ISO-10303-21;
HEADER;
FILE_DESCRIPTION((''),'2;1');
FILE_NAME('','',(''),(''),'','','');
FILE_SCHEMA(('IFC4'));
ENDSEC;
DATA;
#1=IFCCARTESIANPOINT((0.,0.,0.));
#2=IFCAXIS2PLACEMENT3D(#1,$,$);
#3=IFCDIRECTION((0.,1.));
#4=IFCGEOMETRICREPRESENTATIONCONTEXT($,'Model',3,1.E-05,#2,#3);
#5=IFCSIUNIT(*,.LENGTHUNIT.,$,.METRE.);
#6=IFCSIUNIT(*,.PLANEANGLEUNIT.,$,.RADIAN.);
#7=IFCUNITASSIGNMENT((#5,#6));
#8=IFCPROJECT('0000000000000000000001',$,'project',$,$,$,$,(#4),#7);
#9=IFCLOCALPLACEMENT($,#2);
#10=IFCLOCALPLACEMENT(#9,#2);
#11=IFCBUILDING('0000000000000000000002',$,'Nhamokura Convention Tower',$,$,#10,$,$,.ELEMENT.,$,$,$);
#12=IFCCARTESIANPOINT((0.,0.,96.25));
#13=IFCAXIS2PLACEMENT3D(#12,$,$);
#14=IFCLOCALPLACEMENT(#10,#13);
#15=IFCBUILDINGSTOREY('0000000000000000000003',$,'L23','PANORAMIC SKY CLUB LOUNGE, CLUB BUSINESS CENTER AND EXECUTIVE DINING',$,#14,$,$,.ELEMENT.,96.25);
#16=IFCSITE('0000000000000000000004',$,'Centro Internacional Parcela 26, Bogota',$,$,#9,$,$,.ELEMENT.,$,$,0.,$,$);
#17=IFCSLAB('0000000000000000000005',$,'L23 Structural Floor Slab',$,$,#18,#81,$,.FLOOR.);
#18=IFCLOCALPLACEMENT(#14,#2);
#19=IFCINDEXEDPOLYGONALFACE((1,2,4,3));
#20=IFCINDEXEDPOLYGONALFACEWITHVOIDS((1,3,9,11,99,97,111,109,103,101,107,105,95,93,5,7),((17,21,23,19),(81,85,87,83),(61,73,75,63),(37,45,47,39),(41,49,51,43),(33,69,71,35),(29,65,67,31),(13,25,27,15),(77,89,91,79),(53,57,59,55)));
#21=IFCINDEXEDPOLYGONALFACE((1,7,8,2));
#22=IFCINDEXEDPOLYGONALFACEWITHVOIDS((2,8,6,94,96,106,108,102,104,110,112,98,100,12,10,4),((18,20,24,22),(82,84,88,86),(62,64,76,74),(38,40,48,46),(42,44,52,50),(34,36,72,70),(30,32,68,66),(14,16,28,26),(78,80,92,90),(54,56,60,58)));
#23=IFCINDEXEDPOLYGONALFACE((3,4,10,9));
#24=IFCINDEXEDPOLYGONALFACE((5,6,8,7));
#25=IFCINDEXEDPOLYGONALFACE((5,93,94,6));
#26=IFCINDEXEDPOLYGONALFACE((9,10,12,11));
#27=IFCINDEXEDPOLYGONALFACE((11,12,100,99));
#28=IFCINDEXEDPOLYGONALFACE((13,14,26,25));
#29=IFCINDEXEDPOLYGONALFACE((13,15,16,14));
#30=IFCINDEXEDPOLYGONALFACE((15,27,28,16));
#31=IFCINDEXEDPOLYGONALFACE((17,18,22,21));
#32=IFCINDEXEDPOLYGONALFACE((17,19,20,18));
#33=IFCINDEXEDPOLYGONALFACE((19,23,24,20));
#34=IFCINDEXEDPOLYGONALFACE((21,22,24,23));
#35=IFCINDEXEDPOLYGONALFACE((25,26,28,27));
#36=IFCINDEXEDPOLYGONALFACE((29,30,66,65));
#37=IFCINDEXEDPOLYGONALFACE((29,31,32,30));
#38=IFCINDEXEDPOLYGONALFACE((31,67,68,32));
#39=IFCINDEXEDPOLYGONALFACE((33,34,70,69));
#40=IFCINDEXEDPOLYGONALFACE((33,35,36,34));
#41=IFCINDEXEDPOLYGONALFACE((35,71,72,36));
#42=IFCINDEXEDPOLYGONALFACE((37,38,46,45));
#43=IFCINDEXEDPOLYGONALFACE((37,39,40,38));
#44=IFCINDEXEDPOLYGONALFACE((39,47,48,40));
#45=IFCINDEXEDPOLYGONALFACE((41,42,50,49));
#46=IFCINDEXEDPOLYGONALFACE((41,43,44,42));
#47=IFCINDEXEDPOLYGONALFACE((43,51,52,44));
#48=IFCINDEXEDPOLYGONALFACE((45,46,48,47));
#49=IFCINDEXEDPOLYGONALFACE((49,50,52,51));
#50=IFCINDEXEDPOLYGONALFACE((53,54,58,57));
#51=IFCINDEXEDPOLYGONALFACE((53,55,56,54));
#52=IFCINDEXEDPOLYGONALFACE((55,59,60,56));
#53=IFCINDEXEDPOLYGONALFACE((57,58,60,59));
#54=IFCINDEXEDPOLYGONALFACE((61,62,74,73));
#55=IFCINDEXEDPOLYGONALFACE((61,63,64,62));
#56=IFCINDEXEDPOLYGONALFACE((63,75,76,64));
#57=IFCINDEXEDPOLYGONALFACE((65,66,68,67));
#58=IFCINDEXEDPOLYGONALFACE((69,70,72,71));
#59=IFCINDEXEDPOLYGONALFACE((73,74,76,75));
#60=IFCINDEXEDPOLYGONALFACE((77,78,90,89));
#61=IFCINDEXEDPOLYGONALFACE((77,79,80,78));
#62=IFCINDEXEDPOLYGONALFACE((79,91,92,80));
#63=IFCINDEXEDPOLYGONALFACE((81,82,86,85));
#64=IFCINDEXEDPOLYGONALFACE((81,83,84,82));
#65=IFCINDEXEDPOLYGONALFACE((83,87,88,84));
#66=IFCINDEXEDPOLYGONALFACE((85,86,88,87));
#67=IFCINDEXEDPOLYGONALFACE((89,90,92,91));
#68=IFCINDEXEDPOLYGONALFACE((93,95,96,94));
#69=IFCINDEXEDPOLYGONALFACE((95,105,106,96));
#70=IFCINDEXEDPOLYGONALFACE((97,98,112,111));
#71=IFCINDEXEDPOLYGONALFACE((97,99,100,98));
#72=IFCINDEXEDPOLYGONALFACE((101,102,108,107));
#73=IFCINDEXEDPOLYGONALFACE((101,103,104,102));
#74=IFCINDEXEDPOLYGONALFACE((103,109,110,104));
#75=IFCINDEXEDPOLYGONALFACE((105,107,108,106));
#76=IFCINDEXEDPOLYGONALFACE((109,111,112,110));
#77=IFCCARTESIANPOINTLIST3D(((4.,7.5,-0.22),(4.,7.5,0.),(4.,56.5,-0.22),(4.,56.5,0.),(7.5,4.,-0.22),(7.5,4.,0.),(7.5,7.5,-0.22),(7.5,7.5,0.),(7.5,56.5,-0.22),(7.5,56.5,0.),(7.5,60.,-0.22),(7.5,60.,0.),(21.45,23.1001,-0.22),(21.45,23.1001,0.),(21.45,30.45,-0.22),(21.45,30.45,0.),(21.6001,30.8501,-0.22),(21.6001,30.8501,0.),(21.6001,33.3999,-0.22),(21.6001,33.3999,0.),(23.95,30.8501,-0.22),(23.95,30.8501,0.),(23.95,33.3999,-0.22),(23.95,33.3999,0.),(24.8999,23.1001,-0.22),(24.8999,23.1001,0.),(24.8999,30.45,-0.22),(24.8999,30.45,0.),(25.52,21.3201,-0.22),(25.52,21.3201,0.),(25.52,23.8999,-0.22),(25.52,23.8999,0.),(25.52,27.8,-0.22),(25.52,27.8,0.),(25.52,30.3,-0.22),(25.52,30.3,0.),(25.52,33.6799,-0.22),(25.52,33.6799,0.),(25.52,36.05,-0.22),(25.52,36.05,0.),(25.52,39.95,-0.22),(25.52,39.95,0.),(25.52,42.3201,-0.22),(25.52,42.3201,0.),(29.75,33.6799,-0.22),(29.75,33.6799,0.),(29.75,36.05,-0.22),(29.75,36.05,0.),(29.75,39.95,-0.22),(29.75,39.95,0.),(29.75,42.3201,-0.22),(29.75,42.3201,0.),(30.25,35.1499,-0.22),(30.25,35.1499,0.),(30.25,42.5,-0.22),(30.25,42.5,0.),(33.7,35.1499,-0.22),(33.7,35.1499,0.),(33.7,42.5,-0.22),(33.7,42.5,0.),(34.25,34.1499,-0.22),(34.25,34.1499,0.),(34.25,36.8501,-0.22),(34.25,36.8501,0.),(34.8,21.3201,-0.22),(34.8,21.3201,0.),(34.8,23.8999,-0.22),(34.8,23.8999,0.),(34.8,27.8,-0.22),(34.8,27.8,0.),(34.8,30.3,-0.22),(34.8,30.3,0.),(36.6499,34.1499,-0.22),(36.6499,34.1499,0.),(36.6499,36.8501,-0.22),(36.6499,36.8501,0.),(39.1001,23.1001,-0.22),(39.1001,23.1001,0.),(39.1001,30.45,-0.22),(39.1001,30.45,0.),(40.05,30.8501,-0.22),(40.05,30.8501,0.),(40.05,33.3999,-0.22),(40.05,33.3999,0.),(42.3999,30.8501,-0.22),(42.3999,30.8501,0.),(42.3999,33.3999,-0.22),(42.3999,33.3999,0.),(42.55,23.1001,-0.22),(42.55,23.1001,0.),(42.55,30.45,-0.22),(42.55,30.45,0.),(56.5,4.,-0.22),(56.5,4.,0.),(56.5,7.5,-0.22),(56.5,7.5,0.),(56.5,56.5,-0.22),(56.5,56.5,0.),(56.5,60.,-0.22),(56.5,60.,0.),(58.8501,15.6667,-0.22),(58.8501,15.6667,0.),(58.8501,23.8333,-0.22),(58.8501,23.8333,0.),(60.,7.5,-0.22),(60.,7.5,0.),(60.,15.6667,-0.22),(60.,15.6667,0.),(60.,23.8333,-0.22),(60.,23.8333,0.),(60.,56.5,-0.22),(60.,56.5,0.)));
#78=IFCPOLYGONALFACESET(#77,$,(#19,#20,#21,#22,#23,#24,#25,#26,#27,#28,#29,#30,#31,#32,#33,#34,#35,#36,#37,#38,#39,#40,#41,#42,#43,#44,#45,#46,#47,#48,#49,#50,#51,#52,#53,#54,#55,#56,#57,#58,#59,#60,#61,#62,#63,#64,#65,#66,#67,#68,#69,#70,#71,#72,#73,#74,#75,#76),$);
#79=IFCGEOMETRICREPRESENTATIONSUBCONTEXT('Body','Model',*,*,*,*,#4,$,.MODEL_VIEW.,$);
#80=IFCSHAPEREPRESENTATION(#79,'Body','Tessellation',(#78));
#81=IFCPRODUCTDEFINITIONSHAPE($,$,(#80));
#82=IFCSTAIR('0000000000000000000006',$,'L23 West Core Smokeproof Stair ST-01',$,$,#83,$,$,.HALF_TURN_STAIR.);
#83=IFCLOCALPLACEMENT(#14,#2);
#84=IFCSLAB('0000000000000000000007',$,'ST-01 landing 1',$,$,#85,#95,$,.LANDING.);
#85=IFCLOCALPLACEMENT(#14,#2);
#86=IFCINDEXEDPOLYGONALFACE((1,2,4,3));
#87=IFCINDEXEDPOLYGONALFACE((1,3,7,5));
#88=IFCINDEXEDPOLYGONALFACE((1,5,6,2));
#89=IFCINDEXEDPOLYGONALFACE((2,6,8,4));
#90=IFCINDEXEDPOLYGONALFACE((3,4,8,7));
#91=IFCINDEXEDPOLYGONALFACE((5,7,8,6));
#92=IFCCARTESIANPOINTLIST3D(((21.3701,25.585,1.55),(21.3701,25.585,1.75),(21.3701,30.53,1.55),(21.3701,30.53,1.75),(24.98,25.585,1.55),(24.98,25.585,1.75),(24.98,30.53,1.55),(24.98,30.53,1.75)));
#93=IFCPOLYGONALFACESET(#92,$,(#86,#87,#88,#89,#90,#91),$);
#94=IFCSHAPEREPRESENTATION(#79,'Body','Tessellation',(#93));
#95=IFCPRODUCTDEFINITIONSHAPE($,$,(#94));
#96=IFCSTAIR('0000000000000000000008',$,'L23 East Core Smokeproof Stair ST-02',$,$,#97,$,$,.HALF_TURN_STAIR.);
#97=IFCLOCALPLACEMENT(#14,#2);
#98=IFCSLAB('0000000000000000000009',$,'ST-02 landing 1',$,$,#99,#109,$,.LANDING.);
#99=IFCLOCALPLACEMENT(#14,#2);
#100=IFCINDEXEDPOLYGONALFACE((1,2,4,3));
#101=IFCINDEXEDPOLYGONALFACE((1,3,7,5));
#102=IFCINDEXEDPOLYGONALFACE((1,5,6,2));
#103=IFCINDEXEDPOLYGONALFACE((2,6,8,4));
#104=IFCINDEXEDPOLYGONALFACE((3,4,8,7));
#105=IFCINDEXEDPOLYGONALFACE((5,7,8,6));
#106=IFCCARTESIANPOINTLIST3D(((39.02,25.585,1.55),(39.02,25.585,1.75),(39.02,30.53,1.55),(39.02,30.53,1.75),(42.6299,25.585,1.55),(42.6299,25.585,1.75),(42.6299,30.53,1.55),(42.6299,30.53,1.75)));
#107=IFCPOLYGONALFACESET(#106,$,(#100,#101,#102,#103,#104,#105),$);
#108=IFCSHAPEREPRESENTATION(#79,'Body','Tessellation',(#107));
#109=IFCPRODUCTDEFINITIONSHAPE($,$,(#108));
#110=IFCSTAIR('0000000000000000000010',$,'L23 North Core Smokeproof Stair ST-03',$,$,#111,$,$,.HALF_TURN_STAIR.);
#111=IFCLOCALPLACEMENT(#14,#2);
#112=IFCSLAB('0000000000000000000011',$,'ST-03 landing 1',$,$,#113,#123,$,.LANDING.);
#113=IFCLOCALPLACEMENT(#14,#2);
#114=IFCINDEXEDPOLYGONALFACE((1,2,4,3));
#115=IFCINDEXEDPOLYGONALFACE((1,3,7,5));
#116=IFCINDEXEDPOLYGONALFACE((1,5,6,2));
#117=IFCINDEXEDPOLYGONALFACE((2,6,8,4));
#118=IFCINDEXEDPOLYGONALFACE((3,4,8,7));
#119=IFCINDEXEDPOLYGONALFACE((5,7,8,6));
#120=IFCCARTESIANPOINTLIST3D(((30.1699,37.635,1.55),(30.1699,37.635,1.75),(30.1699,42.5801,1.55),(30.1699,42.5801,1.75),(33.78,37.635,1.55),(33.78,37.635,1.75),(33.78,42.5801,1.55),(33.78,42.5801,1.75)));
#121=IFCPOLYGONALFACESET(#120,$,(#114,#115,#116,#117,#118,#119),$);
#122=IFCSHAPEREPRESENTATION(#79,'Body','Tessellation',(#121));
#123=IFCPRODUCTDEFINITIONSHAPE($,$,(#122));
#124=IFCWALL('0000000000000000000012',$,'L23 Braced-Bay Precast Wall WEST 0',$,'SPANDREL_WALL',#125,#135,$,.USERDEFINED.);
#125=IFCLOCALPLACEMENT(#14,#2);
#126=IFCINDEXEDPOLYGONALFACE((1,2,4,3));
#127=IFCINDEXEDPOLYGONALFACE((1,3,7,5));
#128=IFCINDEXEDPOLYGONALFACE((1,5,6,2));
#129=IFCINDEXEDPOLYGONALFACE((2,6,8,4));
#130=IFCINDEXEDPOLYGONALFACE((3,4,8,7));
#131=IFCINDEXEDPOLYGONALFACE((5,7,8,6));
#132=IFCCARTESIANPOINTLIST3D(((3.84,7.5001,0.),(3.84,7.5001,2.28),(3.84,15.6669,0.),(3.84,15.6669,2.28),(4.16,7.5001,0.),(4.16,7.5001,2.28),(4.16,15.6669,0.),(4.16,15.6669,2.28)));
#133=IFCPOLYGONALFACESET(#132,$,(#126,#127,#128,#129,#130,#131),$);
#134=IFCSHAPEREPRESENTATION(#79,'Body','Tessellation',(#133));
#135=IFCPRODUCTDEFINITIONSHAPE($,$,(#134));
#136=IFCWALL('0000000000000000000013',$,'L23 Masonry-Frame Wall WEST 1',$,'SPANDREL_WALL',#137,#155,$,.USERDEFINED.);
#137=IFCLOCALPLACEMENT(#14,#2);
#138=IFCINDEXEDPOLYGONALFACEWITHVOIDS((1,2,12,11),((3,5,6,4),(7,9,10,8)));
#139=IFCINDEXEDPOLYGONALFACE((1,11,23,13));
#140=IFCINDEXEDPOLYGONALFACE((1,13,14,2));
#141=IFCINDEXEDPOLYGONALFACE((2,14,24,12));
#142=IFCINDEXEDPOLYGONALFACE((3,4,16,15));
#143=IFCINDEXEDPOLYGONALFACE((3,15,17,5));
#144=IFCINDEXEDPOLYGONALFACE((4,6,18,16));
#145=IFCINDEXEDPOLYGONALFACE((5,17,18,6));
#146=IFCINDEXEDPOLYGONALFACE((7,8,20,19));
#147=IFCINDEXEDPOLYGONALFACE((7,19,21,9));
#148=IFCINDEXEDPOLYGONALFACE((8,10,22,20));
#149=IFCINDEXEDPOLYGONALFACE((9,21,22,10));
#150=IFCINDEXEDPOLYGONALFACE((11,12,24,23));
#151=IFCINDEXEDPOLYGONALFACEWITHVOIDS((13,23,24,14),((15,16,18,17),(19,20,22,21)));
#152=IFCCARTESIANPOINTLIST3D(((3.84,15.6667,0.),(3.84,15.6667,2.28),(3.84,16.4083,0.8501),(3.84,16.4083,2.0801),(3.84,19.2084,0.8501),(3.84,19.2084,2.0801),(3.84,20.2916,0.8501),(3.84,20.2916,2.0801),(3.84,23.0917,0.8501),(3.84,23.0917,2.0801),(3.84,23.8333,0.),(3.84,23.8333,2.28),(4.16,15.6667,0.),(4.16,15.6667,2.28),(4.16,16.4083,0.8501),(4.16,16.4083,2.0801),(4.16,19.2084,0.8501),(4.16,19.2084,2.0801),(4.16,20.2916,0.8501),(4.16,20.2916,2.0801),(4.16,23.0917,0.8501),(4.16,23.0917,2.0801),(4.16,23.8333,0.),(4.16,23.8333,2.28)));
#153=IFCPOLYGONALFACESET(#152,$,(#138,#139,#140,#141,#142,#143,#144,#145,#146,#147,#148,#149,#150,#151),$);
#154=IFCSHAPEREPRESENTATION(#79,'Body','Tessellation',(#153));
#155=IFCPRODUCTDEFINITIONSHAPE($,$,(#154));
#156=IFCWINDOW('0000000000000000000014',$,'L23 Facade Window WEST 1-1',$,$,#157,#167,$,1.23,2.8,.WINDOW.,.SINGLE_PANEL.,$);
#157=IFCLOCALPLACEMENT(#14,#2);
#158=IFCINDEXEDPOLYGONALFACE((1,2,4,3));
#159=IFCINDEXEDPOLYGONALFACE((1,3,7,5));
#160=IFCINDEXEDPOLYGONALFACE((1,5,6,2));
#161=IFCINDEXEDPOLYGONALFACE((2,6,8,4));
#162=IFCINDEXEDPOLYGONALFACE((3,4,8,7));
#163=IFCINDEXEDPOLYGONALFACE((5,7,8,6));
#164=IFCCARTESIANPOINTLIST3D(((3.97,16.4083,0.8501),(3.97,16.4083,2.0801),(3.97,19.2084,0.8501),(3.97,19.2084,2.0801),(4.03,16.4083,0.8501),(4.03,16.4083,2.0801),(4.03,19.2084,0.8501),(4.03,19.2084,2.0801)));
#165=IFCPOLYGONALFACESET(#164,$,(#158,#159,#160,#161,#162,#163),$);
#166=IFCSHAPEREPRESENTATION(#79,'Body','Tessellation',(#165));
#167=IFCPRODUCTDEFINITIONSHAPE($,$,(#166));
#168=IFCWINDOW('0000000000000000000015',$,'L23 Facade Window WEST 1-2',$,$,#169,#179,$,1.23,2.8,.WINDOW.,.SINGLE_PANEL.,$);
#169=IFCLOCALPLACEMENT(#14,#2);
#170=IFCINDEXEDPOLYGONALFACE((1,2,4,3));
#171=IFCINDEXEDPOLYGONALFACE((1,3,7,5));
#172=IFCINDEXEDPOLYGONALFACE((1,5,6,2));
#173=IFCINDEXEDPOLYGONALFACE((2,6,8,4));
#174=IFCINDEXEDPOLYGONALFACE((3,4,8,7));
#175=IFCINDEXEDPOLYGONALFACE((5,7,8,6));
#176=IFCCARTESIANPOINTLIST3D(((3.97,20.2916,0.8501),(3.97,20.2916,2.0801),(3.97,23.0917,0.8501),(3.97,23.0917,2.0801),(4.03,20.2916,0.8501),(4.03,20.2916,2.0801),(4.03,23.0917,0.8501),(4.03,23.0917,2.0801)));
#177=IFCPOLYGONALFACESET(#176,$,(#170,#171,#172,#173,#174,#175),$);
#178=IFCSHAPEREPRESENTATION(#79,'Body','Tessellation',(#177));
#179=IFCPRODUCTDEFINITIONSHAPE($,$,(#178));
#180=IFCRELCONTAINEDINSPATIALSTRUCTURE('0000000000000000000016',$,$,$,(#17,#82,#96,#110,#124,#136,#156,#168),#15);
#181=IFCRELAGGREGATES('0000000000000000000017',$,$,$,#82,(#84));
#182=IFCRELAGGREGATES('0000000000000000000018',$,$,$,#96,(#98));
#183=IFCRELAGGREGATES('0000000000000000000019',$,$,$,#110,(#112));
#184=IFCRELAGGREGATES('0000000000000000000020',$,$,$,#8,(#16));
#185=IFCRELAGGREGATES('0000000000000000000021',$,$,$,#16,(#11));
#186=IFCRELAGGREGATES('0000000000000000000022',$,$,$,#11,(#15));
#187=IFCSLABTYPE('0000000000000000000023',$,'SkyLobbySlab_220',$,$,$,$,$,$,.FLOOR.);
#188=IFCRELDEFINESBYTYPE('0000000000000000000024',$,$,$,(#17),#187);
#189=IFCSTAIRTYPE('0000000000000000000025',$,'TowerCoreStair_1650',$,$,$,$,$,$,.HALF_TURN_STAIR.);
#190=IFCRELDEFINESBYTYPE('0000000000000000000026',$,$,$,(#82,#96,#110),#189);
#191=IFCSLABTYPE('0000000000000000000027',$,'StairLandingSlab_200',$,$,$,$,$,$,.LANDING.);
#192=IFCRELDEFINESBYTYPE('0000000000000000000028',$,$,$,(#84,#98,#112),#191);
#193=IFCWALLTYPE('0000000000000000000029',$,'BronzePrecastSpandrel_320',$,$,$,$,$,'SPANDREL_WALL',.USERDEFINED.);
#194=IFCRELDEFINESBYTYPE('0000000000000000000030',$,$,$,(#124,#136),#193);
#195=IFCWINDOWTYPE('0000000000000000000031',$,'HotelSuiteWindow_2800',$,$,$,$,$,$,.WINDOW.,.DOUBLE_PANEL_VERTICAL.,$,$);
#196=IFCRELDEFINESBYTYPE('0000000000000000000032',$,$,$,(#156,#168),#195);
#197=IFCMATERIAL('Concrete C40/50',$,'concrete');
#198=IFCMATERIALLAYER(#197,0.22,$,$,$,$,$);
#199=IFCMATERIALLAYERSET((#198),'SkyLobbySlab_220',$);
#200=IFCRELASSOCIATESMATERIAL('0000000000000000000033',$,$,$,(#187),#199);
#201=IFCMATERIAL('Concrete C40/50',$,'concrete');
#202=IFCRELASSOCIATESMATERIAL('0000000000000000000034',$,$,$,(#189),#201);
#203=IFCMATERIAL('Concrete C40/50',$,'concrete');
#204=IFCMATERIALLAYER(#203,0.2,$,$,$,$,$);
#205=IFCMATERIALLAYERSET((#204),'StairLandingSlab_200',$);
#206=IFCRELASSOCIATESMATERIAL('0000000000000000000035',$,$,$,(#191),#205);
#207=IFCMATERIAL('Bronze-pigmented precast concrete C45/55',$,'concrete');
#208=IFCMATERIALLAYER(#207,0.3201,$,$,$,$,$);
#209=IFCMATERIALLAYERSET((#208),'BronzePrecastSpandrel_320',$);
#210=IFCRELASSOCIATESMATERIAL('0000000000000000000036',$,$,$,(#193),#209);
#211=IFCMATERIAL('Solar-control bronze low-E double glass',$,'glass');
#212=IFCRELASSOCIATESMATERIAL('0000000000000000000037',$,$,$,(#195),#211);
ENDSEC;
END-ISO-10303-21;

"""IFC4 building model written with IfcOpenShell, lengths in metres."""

from ifc_helpers import new_model, si_unit, direction, frame, frame_2d, origin, place, context, subcontext, project, spatial, polyline, rectangle, outline, extrude, material, layer, layer_set, type_object, element, fill, aggregate, save


model = new_model("IFC4")

# Units and contexts
model_context = context("Model", 3, precision=1e-05, world=origin(), true_north=direction((0.0, 1.0)))
body_context = subcontext(model_context, "Body", "Model", "MODEL_VIEW")
ifc_project = project(units=[si_unit("LENGTHUNIT", "METRE"), si_unit("PLANEANGLEUNIT", "RADIAN")], contexts=[model_context])

# Site, building, storey
site_placement = place(None, origin())
site = spatial("IfcSite", under=ifc_project, at=site_placement, Name="Centro Internacional Parcela 26, Bogota", CompositionType="ELEMENT", RefElevation=0.0)
building_placement = place(site_placement, origin())
building = spatial("IfcBuilding", under=site, at=building_placement, Name="Nhamokura Convention Tower", CompositionType="ELEMENT")
storey_placement = place(building_placement, frame((0.0, 0.0, 96.25)))
storey = spatial("IfcBuildingStorey", under=building, at=storey_placement, Name="L23", Description="PANORAMIC SKY CLUB LOUNGE, CLUB BUSINESS CENTER AND EXECUTIVE DINING", CompositionType="ELEMENT", Elevation=96.25)

# Slab
ifc_material_1 = material(Name="Concrete C40/50", Category="concrete")
ifc_layer_1 = layer(ifc_material_1, 0.22)
ifc_layer_set_1 = layer_set([ifc_layer_1], Name="SkyLobbySlab_220")
slab_type_1 = type_object("IfcSlabType", Name="SkyLobbySlab_220", PredefinedType="FLOOR", material=ifc_layer_set_1)
slab_1_placement = place(storey_placement, frame((0.0, 0.0, -0.22)))
element("IfcSlab", 1, at=slab_1_placement, inside=storey, type_object=slab_type_1, Name="L23 Structural Floor Slab", PredefinedType="FLOOR", context=body_context, shape_type="SweptSolid", body=[
    extrude(outline(polyline([(7.5, 4.0), (56.5, 4.0), (56.5, 7.5), (60.0, 7.5), (60.0, 15.6667), (58.8501, 15.6667), (58.8501, 23.8333), (60.0, 23.8333), (60.0, 56.5), (56.5, 56.5), (56.5, 60.0), (7.5, 60.0), (7.5, 56.5), (4.0, 56.5), (4.0, 7.5), (7.5, 7.5), (7.5, 4.0)]), holes=[polyline([(24.8999, 23.1001), (24.8999, 30.45), (21.45, 30.45), (21.45, 23.1001), (24.8999, 23.1001)]), polyline([(42.55, 23.1001), (42.55, 30.45), (39.1001, 30.45), (39.1001, 23.1001), (42.55, 23.1001)]), polyline([(33.7, 35.1499), (33.7, 42.5), (30.25, 42.5), (30.25, 35.1499), (33.7, 35.1499)]), polyline([(21.6001, 30.8501), (23.95, 30.8501), (23.95, 33.3999), (21.6001, 33.3999), (21.6001, 30.8501)]), polyline([(40.05, 30.8501), (42.3999, 30.8501), (42.3999, 33.3999), (40.05, 33.3999), (40.05, 30.8501)]), polyline([(34.25, 34.1499), (36.6499, 34.1499), (36.6499, 36.8501), (34.25, 36.8501), (34.25, 34.1499)]), polyline([(25.52, 21.3201), (34.8, 21.3201), (34.8, 23.8999), (25.52, 23.8999), (25.52, 21.3201)]), polyline([(25.52, 27.8), (34.8, 27.8), (34.8, 30.3), (25.52, 30.3), (25.52, 27.8)]), polyline([(25.52, 33.6799), (29.75, 33.6799), (29.75, 36.05), (25.52, 36.05), (25.52, 33.6799)]), polyline([(25.52, 39.95), (29.75, 39.95), (29.75, 42.3201), (25.52, 42.3201), (25.52, 39.95)])]), origin(), (0.0, 0.0, 1.0), 0.22),
])

# Stairs, slabs
ifc_material_2 = material(Name="Concrete C40/50", Category="concrete")
stair_type = type_object("IfcStairType", Name="TowerCoreStair_1650", PredefinedType="HALF_TURN_STAIR", material=ifc_material_2)
stair_1_placement = place(storey_placement, origin())
stair_1 = element("IfcStair", 2, at=stair_1_placement, inside=storey, type_object=stair_type, Name="L23 West Core Smokeproof Stair ST-01", PredefinedType="HALF_TURN_STAIR")
ifc_material_3 = material(Name="Concrete C40/50", Category="concrete")
ifc_layer_2 = layer(ifc_material_3, 0.2)
ifc_layer_set_2 = layer_set([ifc_layer_2], Name="StairLandingSlab_200")
slab_type_2 = type_object("IfcSlabType", Name="StairLandingSlab_200", PredefinedType="LANDING", material=ifc_layer_set_2)
slab_2_placement = place(storey_placement, frame((0.0, 0.0, 1.55)))
slab_2 = element("IfcSlab", 3, at=slab_2_placement, type_object=slab_type_2, Name="ST-01 landing 1", PredefinedType="LANDING", context=body_context, shape_type="SweptSolid", body=[
    extrude(outline(polyline([(24.98, 25.585), (24.98, 30.53), (21.3701, 30.53), (21.3701, 25.585), (24.98, 25.585)])), origin(), (0.0, 0.0, 1.0), 0.2),
])
aggregate(stair_1, [slab_2])
stair_2_placement = place(storey_placement, origin())
stair_2 = element("IfcStair", 4, at=stair_2_placement, inside=storey, type_object=stair_type, Name="L23 East Core Smokeproof Stair ST-02", PredefinedType="HALF_TURN_STAIR")
slab_3_placement = place(storey_placement, frame((0.0, 0.0, 1.55)))
slab_3 = element("IfcSlab", 5, at=slab_3_placement, type_object=slab_type_2, Name="ST-02 landing 1", PredefinedType="LANDING", context=body_context, shape_type="SweptSolid", body=[
    extrude(outline(polyline([(42.6299, 25.585), (42.6299, 30.53), (39.02, 30.53), (39.02, 25.585), (42.6299, 25.585)])), origin(), (0.0, 0.0, 1.0), 0.2),
])
aggregate(stair_2, [slab_3])
stair_3_placement = place(storey_placement, origin())
stair_3 = element("IfcStair", 6, at=stair_3_placement, inside=storey, type_object=stair_type, Name="L23 North Core Smokeproof Stair ST-03", PredefinedType="HALF_TURN_STAIR")
slab_4_placement = place(storey_placement, frame((0.0, 0.0, 1.55)))
slab_4 = element("IfcSlab", 7, at=slab_4_placement, type_object=slab_type_2, Name="ST-03 landing 1", PredefinedType="LANDING", context=body_context, shape_type="SweptSolid", body=[
    extrude(outline(polyline([(33.78, 37.635), (33.78, 42.5801), (30.1699, 42.5801), (30.1699, 37.635), (33.78, 37.635)])), origin(), (0.0, 0.0, 1.0), 0.2),
])
aggregate(stair_3, [slab_4])

# Wall
ifc_material_4 = material(Name="Bronze-pigmented precast concrete C45/55", Category="concrete")
ifc_layer_3 = layer(ifc_material_4, 0.3201)
ifc_layer_set_3 = layer_set([ifc_layer_3], Name="BronzePrecastSpandrel_320")
wall_type = type_object("IfcWallType", Name="BronzePrecastSpandrel_320", ElementType="SPANDREL_WALL", PredefinedType="USERDEFINED", material=ifc_layer_set_3)
wall_1_placement = place(storey_placement, frame((4.0, 7.5, 0.0), z_axis=(0.0, 0.0, 1.0), x_axis=(0.0, 1.0, 0.0)))
element("IfcWall", 8, at=wall_1_placement, inside=storey, type_object=wall_type, Name="L23 Braced-Bay Precast Wall WEST 0", ObjectType="SPANDREL_WALL", PredefinedType="USERDEFINED", context=body_context, shape_type="SweptSolid", body=[
    extrude(rectangle(XDim=8.1667, YDim=0.3201, at=frame_2d((4.0835, 0.0))), origin(), (0.0, 0.0, 1.0), 2.28),
])

# Wall, openings, windows
wall_2_placement = place(storey_placement, frame((4.0, 15.6667, 0.0), z_axis=(0.0, 0.0, 1.0), x_axis=(0.0, 1.0, 0.0)))
wall_2 = element("IfcWall", 9, at=wall_2_placement, inside=storey, type_object=wall_type, Name="L23 Masonry-Frame Wall WEST 1", ObjectType="SPANDREL_WALL", PredefinedType="USERDEFINED", context=body_context, shape_type="SweptSolid", body=[
    extrude(rectangle(XDim=8.1665, YDim=0.3201, at=frame_2d((4.0833, 0.0))), origin(), (0.0, 0.0, 1.0), 2.28),
])
opening_1_placement = place(wall_2_placement, frame((0.7417, 0.0, 0.8501)))
opening_1 = element("IfcOpeningElement", 10, at=opening_1_placement, cuts=wall_2, PredefinedType="OPENING", context=body_context, shape_type="SweptSolid", body=[
    extrude(rectangle(XDim=2.8, YDim=1.23, at=frame_2d((1.3999, 0.615))), frame((0.0, 0.1699, 0.0), z_axis=(0.0, -1.0, 0.0), x_axis=(1.0, 0.0, 0.0)), (0.0, 0.0, 1.0), 0.3401),
])
opening_2_placement = place(wall_2_placement, frame((4.625, 0.0, 0.8501)))
opening_2 = element("IfcOpeningElement", 11, at=opening_2_placement, cuts=wall_2, PredefinedType="OPENING", context=body_context, shape_type="SweptSolid", body=[
    extrude(rectangle(XDim=2.8, YDim=1.23, at=frame_2d((1.3999, 0.615))), frame((0.0, 0.1699, 0.0), z_axis=(0.0, -1.0, 0.0), x_axis=(1.0, 0.0, 0.0)), (0.0, 0.0, 1.0), 0.3401),
])
ifc_material_5 = material(Name="Solar-control bronze low-E double glass", Category="glass")
window_type_1 = type_object("IfcWindowType", Name="HotelSuiteWindow_2800", PartitioningType="DOUBLE_PANEL_VERTICAL", PredefinedType="WINDOW", material=ifc_material_5)
window_1_placement = place(opening_1_placement, origin())
window_1 = element("IfcWindow", 12, at=window_1_placement, inside=storey, type_object=window_type_1, Name="L23 Facade Window WEST 1-1", OverallHeight=1.23, OverallWidth=2.8, PartitioningType="SINGLE_PANEL", PredefinedType="WINDOW", context=body_context, shape_type="SweptSolid", body=[
    extrude(rectangle(XDim=2.8, YDim=1.23, at=frame_2d((1.3999, 0.615))), frame((0.0, 0.03, 0.0), z_axis=(0.0, -1.0, 0.0), x_axis=(1.0, 0.0, 0.0)), (0.0, 0.0, 1.0), 0.0601),
])
fill(opening_1, window_1)
window_2_placement = place(opening_2_placement, origin())
window_2 = element("IfcWindow", 13, at=window_2_placement, inside=storey, type_object=window_type_1, Name="L23 Facade Window WEST 1-2", OverallHeight=1.23, OverallWidth=2.8, PartitioningType="SINGLE_PANEL", PredefinedType="WINDOW", context=body_context, shape_type="SweptSolid", body=[
    extrude(rectangle(XDim=2.8, YDim=1.23, at=frame_2d((1.3999, 0.615))), frame((0.0, 0.03, 0.0), z_axis=(0.0, -1.0, 0.0), x_axis=(1.0, 0.0, 0.0)), (0.0, 0.0, 1.0), 0.0601),
])
fill(opening_2, window_2)

save(model, "model.ifc")
